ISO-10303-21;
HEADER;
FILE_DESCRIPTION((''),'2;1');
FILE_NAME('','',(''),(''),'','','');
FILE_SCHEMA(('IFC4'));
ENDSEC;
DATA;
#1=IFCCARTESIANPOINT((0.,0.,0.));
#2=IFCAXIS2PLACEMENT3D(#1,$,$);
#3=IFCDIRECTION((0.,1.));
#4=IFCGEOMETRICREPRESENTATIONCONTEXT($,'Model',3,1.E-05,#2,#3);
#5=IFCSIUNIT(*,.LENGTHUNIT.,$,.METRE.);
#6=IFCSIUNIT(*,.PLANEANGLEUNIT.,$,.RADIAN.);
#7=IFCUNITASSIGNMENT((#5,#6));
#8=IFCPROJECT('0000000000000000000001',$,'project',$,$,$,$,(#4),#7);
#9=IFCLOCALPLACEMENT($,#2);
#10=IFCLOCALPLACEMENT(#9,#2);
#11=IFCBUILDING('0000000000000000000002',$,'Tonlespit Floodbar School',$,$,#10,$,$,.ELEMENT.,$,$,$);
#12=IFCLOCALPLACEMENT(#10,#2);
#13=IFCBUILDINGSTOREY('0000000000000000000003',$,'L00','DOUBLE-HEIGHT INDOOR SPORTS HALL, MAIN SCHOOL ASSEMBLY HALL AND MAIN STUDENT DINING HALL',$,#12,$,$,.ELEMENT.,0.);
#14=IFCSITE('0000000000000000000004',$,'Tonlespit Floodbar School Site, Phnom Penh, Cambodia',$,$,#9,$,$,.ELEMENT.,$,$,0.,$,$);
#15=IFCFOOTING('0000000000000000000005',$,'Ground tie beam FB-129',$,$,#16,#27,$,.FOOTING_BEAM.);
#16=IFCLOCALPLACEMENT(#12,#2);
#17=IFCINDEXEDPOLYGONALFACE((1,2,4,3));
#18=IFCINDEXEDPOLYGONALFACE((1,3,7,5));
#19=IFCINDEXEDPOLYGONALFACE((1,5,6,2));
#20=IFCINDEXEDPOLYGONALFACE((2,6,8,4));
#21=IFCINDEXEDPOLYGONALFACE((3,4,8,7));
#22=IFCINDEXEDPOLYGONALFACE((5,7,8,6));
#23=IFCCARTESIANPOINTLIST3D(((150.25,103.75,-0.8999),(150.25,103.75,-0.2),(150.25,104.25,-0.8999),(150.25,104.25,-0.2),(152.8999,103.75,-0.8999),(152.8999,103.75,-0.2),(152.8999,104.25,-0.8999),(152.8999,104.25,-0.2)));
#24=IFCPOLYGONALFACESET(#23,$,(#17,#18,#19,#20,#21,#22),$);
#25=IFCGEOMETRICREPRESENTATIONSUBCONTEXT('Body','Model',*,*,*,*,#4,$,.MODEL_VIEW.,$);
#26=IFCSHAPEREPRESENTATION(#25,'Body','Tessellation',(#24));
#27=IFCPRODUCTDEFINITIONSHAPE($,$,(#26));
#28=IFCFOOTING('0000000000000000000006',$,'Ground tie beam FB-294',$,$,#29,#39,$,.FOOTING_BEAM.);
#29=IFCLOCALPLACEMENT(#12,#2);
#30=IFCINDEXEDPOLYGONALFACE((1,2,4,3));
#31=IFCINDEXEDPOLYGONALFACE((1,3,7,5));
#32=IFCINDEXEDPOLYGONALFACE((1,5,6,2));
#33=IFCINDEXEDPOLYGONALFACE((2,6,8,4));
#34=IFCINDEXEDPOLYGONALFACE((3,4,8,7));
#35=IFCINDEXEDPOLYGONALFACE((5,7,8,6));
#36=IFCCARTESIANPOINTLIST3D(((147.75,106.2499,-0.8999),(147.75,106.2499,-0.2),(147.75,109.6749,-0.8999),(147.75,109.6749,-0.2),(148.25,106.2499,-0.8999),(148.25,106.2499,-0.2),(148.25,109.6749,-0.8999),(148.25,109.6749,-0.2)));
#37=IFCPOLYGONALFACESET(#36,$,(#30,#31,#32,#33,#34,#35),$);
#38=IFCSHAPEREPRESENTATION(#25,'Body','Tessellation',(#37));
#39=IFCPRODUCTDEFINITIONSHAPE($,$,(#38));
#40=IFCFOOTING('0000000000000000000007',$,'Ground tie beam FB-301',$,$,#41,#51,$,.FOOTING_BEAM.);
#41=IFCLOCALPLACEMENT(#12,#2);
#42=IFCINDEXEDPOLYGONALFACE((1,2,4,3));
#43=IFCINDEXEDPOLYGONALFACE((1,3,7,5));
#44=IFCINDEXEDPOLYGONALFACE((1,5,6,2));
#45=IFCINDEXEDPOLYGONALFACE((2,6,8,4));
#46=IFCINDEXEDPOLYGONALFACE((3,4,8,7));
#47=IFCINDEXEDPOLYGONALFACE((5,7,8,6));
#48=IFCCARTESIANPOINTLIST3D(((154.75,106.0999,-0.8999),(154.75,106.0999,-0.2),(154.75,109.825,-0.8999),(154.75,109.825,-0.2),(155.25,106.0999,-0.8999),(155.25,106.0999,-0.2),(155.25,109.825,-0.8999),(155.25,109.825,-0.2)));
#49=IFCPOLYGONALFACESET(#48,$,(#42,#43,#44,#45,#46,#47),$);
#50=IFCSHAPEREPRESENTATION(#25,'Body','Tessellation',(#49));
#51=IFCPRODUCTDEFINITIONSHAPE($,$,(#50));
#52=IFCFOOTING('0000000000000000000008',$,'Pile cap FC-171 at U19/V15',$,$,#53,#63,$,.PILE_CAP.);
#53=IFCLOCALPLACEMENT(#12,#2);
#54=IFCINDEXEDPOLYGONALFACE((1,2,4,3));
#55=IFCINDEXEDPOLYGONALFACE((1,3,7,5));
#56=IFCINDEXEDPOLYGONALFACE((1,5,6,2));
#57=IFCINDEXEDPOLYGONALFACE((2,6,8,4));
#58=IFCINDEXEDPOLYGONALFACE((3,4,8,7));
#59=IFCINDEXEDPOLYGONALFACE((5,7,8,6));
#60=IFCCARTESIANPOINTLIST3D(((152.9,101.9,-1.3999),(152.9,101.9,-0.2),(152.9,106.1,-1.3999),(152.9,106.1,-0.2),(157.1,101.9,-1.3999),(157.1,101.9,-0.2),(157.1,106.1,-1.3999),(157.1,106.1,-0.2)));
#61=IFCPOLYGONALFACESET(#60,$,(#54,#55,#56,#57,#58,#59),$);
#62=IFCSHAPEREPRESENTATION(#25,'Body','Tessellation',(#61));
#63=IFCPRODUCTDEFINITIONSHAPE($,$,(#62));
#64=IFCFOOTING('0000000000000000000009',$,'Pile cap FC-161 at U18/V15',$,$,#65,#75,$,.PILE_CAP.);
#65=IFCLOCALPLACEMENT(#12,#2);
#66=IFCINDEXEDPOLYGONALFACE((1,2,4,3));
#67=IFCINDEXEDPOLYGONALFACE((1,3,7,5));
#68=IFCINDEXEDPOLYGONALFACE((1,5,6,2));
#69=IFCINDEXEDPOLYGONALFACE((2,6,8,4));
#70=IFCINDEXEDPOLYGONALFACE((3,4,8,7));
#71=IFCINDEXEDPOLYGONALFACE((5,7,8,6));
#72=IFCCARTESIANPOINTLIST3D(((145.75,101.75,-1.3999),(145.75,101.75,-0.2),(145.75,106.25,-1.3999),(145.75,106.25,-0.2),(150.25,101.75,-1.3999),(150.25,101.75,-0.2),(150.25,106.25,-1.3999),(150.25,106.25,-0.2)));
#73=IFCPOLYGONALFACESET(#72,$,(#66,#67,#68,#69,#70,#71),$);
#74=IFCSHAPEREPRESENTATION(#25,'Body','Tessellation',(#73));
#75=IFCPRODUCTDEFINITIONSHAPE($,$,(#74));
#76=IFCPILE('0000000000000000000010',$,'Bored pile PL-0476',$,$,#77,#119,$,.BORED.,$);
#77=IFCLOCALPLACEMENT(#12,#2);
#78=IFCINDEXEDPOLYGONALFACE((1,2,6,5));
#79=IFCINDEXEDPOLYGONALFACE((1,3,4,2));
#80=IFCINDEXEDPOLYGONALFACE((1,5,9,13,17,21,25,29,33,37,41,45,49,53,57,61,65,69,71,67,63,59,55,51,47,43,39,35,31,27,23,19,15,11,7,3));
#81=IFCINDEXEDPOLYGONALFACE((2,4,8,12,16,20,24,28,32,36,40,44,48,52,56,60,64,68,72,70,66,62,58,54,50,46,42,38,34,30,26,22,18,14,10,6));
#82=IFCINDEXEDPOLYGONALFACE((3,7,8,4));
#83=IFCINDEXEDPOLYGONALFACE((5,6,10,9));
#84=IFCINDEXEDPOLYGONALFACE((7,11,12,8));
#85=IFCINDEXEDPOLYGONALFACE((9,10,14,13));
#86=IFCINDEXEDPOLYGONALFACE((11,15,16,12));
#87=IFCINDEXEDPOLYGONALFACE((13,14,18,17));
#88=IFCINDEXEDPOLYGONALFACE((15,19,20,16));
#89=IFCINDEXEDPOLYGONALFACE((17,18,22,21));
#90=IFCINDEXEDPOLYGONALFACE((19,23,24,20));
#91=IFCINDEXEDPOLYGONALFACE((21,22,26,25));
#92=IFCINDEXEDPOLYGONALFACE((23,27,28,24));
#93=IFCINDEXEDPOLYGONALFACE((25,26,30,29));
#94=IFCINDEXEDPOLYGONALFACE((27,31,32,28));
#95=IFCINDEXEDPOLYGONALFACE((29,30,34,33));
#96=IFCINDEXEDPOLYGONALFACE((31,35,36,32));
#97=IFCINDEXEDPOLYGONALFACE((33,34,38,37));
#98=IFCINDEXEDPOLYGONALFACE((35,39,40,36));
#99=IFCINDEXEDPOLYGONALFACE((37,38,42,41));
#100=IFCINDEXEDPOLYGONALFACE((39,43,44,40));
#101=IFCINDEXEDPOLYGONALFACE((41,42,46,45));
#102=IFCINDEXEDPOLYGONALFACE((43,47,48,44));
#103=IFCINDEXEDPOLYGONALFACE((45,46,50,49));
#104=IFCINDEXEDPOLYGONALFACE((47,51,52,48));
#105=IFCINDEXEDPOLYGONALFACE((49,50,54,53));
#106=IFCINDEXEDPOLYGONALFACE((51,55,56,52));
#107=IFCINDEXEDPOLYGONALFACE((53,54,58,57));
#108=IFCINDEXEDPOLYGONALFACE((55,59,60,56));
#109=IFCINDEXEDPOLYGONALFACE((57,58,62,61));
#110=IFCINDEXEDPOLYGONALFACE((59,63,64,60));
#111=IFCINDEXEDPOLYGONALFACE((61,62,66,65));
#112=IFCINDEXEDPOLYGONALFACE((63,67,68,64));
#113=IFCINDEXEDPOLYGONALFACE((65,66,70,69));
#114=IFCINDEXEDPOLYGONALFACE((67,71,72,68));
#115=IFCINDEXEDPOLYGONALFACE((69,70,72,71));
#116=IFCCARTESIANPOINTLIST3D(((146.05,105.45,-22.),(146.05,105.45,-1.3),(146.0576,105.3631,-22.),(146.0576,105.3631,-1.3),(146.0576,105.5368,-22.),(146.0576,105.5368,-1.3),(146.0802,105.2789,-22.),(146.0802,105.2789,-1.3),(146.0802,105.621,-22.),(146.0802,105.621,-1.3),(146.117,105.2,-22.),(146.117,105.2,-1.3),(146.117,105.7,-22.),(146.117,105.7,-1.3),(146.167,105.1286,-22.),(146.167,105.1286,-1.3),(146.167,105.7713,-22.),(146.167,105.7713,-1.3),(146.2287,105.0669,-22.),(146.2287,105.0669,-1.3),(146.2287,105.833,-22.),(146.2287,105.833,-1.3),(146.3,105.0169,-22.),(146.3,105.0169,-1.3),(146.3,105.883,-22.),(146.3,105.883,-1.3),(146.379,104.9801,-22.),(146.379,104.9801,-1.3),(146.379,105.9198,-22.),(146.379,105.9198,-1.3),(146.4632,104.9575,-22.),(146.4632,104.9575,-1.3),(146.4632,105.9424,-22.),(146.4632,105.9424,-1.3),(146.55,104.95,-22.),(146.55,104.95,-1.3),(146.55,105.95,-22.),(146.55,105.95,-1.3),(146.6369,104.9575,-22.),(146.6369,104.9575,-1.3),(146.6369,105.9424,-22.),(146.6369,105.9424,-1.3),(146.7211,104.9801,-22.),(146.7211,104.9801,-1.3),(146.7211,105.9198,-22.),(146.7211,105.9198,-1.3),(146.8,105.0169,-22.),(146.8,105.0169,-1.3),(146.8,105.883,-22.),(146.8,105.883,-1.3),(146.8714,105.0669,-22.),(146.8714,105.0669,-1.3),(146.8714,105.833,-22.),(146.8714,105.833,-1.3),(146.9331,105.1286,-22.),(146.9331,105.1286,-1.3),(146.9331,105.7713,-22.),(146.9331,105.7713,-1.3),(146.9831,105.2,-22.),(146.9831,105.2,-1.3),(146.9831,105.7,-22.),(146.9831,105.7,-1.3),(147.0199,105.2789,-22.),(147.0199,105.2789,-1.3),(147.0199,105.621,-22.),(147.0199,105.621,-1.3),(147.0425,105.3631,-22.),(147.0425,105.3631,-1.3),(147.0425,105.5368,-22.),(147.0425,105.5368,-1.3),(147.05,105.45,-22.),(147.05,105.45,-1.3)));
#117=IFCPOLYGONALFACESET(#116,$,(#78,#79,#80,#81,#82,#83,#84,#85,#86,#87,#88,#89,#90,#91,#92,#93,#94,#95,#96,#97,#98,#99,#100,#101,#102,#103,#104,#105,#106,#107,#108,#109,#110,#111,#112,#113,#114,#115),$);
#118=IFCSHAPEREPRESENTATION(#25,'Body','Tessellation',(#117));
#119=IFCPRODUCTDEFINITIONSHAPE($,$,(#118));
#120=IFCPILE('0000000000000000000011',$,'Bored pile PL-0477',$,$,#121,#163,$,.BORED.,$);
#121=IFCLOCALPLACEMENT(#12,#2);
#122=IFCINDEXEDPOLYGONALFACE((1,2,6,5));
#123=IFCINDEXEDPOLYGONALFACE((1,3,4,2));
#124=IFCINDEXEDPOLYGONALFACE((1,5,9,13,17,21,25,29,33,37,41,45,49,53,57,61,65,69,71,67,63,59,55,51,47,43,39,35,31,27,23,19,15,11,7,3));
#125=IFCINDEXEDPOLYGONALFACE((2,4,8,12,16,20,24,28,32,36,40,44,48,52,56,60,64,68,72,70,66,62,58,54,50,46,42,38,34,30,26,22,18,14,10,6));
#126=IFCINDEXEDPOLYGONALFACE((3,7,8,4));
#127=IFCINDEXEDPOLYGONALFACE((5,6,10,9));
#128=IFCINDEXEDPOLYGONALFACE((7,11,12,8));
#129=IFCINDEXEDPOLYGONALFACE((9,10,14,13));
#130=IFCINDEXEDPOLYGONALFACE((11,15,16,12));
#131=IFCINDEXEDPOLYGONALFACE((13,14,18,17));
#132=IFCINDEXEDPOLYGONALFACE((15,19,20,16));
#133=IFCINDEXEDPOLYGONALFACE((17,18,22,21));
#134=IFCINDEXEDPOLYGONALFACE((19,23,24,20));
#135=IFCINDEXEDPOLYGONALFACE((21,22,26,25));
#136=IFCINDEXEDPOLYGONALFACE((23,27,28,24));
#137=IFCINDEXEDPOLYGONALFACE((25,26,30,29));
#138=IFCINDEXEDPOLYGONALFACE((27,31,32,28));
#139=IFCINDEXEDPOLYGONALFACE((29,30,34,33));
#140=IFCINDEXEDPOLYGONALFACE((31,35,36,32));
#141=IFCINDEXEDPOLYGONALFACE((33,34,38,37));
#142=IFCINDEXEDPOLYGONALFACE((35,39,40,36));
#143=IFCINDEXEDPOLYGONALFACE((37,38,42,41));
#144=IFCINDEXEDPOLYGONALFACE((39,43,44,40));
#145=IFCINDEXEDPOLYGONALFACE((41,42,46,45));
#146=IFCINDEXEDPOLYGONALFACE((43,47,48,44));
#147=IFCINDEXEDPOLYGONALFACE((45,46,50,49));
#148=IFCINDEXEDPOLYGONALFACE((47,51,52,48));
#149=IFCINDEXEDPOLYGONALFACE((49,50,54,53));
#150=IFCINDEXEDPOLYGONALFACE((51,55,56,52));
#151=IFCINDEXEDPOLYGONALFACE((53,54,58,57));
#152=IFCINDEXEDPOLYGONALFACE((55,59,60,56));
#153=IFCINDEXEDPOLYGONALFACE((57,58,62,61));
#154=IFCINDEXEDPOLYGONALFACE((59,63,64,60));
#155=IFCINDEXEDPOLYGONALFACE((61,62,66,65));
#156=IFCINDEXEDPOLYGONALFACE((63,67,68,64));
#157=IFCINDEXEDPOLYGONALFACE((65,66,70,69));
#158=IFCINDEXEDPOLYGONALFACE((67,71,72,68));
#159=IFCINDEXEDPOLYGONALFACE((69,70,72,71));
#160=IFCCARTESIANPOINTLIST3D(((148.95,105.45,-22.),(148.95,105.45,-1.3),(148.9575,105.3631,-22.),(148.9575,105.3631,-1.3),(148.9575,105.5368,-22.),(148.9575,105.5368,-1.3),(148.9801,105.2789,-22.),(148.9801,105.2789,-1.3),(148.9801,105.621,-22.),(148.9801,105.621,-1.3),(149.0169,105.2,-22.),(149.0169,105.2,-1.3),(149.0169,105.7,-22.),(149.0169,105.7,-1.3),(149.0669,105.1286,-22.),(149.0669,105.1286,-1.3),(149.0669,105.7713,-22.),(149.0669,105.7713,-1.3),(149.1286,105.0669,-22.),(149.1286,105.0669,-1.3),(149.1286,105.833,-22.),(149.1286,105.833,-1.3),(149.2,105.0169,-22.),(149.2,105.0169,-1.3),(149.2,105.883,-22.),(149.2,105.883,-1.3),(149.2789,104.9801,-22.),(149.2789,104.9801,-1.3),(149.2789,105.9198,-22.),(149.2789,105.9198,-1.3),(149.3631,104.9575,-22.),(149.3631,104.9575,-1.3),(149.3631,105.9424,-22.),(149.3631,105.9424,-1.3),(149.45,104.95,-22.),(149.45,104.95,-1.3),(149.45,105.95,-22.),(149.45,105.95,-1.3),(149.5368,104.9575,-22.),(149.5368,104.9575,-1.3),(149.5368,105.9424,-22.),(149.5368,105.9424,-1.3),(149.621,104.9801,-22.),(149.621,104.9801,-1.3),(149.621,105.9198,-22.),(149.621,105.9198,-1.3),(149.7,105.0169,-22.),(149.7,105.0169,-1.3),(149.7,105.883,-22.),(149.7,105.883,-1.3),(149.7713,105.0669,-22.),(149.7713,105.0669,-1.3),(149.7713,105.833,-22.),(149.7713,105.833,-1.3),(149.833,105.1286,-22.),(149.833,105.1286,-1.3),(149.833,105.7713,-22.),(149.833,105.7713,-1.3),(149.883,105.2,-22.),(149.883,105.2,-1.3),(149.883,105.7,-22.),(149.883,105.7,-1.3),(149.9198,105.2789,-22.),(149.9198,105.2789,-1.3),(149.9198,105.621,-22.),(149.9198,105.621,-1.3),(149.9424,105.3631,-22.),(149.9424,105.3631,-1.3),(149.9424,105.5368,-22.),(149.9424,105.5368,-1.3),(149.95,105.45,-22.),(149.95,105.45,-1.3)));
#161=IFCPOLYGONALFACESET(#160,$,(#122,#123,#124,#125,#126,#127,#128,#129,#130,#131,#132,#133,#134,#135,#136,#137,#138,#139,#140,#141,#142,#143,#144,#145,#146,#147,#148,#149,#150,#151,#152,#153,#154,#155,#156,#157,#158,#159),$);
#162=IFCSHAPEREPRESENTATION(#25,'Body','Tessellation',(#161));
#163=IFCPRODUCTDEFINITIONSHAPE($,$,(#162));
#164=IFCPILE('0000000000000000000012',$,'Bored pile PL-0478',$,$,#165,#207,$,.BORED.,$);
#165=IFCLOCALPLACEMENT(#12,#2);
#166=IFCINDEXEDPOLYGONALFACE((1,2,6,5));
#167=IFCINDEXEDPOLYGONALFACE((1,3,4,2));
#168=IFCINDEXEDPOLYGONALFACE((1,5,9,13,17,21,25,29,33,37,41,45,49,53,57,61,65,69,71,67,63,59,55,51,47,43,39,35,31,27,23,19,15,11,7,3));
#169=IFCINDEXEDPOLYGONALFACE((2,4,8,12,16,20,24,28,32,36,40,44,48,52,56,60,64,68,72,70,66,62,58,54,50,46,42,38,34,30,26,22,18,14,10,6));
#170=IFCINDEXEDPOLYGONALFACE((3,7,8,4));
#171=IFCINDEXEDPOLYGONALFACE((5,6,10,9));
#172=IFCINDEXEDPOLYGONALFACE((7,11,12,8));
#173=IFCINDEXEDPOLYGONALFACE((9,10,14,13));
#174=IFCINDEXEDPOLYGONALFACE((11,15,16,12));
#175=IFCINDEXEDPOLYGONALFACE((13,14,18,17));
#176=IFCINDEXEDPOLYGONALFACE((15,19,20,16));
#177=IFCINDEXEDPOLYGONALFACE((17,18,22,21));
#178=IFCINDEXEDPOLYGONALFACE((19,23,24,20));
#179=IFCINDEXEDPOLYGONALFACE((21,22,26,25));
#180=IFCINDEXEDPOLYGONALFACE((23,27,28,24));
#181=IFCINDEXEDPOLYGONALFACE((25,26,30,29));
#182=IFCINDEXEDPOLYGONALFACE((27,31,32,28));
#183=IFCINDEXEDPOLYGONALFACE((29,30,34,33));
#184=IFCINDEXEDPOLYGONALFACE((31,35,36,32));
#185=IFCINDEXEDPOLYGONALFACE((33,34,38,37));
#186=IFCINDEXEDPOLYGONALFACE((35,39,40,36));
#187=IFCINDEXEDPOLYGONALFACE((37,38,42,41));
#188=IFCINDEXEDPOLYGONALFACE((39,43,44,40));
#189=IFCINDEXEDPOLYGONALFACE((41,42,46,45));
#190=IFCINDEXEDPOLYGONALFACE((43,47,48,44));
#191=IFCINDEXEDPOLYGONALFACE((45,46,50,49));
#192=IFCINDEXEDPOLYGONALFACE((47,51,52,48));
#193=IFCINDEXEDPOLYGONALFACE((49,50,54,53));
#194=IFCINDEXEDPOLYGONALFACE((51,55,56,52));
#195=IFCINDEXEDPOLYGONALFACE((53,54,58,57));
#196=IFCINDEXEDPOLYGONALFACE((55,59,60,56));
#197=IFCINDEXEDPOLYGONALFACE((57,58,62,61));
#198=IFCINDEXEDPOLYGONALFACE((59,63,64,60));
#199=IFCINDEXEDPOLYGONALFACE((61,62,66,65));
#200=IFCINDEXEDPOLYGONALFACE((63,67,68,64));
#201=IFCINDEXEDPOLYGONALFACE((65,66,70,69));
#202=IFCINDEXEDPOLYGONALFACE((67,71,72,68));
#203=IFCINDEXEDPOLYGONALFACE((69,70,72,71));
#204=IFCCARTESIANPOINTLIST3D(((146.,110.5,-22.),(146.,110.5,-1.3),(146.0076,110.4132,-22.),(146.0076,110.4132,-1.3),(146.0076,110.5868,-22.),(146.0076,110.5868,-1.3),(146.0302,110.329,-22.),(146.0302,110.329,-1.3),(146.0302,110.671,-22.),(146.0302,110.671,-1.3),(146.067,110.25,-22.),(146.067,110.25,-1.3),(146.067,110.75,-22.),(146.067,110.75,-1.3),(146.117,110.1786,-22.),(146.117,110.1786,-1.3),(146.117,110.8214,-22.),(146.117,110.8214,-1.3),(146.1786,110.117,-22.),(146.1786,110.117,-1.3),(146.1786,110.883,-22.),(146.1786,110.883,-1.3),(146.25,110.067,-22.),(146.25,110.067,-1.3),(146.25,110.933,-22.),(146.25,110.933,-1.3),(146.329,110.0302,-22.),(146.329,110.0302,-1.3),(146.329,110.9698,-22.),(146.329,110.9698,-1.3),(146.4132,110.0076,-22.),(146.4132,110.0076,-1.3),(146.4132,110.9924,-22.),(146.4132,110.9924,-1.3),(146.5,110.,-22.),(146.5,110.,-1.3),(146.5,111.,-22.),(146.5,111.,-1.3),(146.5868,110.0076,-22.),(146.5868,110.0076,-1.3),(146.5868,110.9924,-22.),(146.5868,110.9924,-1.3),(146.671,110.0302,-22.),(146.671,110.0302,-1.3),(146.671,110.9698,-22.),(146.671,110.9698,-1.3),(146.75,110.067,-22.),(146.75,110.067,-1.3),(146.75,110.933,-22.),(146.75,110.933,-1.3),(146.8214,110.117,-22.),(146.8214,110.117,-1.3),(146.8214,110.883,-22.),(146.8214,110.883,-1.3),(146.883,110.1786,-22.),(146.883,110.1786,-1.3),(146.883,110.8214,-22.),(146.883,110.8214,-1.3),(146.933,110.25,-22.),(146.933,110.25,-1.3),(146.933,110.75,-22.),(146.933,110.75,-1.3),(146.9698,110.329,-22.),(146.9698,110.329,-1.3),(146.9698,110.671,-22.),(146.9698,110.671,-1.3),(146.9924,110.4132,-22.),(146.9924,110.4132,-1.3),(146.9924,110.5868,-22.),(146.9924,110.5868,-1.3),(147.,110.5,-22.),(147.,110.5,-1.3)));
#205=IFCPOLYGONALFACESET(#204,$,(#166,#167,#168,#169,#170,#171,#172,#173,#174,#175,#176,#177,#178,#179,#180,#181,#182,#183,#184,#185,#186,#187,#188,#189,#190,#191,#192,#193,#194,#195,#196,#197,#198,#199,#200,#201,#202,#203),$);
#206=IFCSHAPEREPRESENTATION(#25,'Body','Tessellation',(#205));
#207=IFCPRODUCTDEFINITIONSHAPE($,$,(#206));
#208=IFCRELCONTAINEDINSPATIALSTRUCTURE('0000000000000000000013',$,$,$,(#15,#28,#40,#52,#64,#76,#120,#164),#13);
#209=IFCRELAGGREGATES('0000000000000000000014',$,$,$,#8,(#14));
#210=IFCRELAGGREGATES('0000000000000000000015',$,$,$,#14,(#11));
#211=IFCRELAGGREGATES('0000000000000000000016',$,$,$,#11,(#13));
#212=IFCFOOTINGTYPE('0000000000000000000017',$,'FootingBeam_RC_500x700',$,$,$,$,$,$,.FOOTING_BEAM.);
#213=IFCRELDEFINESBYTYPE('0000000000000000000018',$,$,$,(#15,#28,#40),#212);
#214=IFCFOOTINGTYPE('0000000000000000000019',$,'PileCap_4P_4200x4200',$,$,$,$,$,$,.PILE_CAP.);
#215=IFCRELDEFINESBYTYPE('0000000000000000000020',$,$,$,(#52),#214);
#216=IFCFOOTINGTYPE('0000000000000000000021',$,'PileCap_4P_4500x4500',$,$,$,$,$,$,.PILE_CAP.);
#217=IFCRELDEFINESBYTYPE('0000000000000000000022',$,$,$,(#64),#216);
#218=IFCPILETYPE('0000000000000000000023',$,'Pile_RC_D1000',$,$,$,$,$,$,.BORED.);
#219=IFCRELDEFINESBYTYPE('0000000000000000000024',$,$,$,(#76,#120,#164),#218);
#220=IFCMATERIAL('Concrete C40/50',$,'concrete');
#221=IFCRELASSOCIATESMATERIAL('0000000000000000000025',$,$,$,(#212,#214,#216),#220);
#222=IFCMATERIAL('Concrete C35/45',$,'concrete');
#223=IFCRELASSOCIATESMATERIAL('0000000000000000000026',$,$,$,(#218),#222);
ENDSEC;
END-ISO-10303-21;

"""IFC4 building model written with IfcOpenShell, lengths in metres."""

from ifc_helpers import new_model, si_unit, direction, frame, origin, origin_2d, place, context, subcontext, project, spatial, rectangle, circle, extrude, material, material_profile, profile_set, type_object, element, save


model = new_model("IFC4")

# Units and contexts
model_context = context("Model", 3, precision=1e-05, world=origin(), true_north=direction((0.0, 1.0)))
body_context = subcontext(model_context, "Body", "Model", "MODEL_VIEW")
ifc_project = project(units=[si_unit("LENGTHUNIT", "METRE"), si_unit("PLANEANGLEUNIT", "RADIAN")], contexts=[model_context])

# Site, building, storey
site_placement = place(None, origin())
site = spatial("IfcSite", under=ifc_project, at=site_placement, Name="Tonlespit Floodbar School Site, Phnom Penh, Cambodia", CompositionType="ELEMENT", RefElevation=0.0)
building_placement = place(site_placement, origin())
building = spatial("IfcBuilding", under=site, at=building_placement, Name="Tonlespit Floodbar School", CompositionType="ELEMENT")
storey_placement = place(building_placement, origin())
storey = spatial("IfcBuildingStorey", under=building, at=storey_placement, Name="L00", Description="DOUBLE-HEIGHT INDOOR SPORTS HALL, MAIN SCHOOL ASSEMBLY HALL AND MAIN STUDENT DINING HALL", CompositionType="ELEMENT", Elevation=0.0)

# Footings
ifc_material_1 = material(Name="Concrete C40/50", Category="concrete")
footing_type_1 = type_object("IfcFootingType", Name="FootingBeam_RC_500x700", PredefinedType="FOOTING_BEAM", material=ifc_material_1)
footing_1_placement = place(storey_placement, frame((151.575, 104.0, -0.8999), z_axis=(0.0, 0.0, 1.0), x_axis=(1.0, 0.0, 0.0)))
element("IfcFooting", 1, at=footing_1_placement, inside=storey, type_object=footing_type_1, Name="Ground tie beam FB-129", PredefinedType="FOOTING_BEAM", context=body_context, shape_type="SweptSolid", body=[
    extrude(rectangle(XDim=2.6499, YDim=0.5, at=origin_2d()), origin(), (0.0, 0.0, 1.0), 0.7),
])
footing_2_placement = place(storey_placement, frame((148.0, 107.9624, -0.8999), z_axis=(0.0, 0.0, 1.0), x_axis=(0.0, 1.0, 0.0)))
element("IfcFooting", 2, at=footing_2_placement, inside=storey, type_object=footing_type_1, Name="Ground tie beam FB-294", PredefinedType="FOOTING_BEAM", context=body_context, shape_type="SweptSolid", body=[
    extrude(rectangle(XDim=3.425, YDim=0.5, at=origin_2d()), origin(), (0.0, 0.0, 1.0), 0.7),
])
footing_3_placement = place(storey_placement, frame((155.0, 107.9624, -0.8999), z_axis=(0.0, 0.0, 1.0), x_axis=(0.0, 1.0, 0.0)))
element("IfcFooting", 3, at=footing_3_placement, inside=storey, type_object=footing_type_1, Name="Ground tie beam FB-301", PredefinedType="FOOTING_BEAM", context=body_context, shape_type="SweptSolid", body=[
    extrude(rectangle(XDim=3.7251, YDim=0.5, at=origin_2d()), origin(), (0.0, 0.0, 1.0), 0.7),
])
footing_type_2 = type_object("IfcFootingType", Name="PileCap_4P_4200x4200", PredefinedType="PILE_CAP", material=ifc_material_1)
footing_4_placement = place(storey_placement, frame((155.0, 104.0, -1.3999), z_axis=(0.0, 0.0, 1.0), x_axis=(1.0, 0.0, 0.0)))
element("IfcFooting", 4, at=footing_4_placement, inside=storey, type_object=footing_type_2, Name="Pile cap FC-171 at U19/V15", PredefinedType="PILE_CAP", context=body_context, shape_type="SweptSolid", body=[
    extrude(rectangle(XDim=4.2, YDim=4.2, at=origin_2d()), origin(), (0.0, 0.0, 1.0), 1.2),
])
footing_type_3 = type_object("IfcFootingType", Name="PileCap_4P_4500x4500", PredefinedType="PILE_CAP", material=ifc_material_1)
footing_5_placement = place(storey_placement, frame((148.0, 104.0, -1.3999), z_axis=(0.0, 0.0, 1.0), x_axis=(1.0, 0.0, 0.0)))
element("IfcFooting", 5, at=footing_5_placement, inside=storey, type_object=footing_type_3, Name="Pile cap FC-161 at U18/V15", PredefinedType="PILE_CAP", context=body_context, shape_type="SweptSolid", body=[
    extrude(rectangle(XDim=4.5, YDim=4.5, at=origin_2d()), origin(), (0.0, 0.0, 1.0), 1.2),
])

# Piles
ifc_material_2 = material(Name="Concrete C35/45", Category="concrete")
ifc_material_profile_1 = material_profile(ifc_material_2, circle(Radius=0.5, at=origin_2d()), Name="BP D1000")
ifc_profile_set_1 = profile_set([ifc_material_profile_1], Name="Concrete C35/45")
pile_type_1 = type_object("IfcPileType", Name="Pile_RC_D1000", PredefinedType="BORED", material=ifc_profile_set_1)
for number, where, z_axis, x_axis, name in (
    (6, (146.55, 105.45, -1.3), (0.0, 0.0, -1.0), (1.0, 0.0, 0.0), "Bored pile PL-0476"),
    (7, (149.45, 105.45, -1.3), (0.0, 0.0, -1.0), (1.0, 0.0, 0.0), "Bored pile PL-0477"),
    (8, (146.5, 110.5, -1.3), (0.0, 0.0, -1.0), (1.0, 0.0, 0.0), "Bored pile PL-0478"),
):
    element("IfcPile", number, at=place(storey_placement, frame(where, z_axis=z_axis, x_axis=x_axis)), inside=storey, type_object=pile_type_1, Name=name, PredefinedType="BORED", context=body_context, shape_type="SweptSolid", body=[
        extrude(circle(Radius=0.5, at=origin_2d()), origin(), (0.0, 0.0, 1.0), 20.7),
    ])

save(model, "model.ifc")
